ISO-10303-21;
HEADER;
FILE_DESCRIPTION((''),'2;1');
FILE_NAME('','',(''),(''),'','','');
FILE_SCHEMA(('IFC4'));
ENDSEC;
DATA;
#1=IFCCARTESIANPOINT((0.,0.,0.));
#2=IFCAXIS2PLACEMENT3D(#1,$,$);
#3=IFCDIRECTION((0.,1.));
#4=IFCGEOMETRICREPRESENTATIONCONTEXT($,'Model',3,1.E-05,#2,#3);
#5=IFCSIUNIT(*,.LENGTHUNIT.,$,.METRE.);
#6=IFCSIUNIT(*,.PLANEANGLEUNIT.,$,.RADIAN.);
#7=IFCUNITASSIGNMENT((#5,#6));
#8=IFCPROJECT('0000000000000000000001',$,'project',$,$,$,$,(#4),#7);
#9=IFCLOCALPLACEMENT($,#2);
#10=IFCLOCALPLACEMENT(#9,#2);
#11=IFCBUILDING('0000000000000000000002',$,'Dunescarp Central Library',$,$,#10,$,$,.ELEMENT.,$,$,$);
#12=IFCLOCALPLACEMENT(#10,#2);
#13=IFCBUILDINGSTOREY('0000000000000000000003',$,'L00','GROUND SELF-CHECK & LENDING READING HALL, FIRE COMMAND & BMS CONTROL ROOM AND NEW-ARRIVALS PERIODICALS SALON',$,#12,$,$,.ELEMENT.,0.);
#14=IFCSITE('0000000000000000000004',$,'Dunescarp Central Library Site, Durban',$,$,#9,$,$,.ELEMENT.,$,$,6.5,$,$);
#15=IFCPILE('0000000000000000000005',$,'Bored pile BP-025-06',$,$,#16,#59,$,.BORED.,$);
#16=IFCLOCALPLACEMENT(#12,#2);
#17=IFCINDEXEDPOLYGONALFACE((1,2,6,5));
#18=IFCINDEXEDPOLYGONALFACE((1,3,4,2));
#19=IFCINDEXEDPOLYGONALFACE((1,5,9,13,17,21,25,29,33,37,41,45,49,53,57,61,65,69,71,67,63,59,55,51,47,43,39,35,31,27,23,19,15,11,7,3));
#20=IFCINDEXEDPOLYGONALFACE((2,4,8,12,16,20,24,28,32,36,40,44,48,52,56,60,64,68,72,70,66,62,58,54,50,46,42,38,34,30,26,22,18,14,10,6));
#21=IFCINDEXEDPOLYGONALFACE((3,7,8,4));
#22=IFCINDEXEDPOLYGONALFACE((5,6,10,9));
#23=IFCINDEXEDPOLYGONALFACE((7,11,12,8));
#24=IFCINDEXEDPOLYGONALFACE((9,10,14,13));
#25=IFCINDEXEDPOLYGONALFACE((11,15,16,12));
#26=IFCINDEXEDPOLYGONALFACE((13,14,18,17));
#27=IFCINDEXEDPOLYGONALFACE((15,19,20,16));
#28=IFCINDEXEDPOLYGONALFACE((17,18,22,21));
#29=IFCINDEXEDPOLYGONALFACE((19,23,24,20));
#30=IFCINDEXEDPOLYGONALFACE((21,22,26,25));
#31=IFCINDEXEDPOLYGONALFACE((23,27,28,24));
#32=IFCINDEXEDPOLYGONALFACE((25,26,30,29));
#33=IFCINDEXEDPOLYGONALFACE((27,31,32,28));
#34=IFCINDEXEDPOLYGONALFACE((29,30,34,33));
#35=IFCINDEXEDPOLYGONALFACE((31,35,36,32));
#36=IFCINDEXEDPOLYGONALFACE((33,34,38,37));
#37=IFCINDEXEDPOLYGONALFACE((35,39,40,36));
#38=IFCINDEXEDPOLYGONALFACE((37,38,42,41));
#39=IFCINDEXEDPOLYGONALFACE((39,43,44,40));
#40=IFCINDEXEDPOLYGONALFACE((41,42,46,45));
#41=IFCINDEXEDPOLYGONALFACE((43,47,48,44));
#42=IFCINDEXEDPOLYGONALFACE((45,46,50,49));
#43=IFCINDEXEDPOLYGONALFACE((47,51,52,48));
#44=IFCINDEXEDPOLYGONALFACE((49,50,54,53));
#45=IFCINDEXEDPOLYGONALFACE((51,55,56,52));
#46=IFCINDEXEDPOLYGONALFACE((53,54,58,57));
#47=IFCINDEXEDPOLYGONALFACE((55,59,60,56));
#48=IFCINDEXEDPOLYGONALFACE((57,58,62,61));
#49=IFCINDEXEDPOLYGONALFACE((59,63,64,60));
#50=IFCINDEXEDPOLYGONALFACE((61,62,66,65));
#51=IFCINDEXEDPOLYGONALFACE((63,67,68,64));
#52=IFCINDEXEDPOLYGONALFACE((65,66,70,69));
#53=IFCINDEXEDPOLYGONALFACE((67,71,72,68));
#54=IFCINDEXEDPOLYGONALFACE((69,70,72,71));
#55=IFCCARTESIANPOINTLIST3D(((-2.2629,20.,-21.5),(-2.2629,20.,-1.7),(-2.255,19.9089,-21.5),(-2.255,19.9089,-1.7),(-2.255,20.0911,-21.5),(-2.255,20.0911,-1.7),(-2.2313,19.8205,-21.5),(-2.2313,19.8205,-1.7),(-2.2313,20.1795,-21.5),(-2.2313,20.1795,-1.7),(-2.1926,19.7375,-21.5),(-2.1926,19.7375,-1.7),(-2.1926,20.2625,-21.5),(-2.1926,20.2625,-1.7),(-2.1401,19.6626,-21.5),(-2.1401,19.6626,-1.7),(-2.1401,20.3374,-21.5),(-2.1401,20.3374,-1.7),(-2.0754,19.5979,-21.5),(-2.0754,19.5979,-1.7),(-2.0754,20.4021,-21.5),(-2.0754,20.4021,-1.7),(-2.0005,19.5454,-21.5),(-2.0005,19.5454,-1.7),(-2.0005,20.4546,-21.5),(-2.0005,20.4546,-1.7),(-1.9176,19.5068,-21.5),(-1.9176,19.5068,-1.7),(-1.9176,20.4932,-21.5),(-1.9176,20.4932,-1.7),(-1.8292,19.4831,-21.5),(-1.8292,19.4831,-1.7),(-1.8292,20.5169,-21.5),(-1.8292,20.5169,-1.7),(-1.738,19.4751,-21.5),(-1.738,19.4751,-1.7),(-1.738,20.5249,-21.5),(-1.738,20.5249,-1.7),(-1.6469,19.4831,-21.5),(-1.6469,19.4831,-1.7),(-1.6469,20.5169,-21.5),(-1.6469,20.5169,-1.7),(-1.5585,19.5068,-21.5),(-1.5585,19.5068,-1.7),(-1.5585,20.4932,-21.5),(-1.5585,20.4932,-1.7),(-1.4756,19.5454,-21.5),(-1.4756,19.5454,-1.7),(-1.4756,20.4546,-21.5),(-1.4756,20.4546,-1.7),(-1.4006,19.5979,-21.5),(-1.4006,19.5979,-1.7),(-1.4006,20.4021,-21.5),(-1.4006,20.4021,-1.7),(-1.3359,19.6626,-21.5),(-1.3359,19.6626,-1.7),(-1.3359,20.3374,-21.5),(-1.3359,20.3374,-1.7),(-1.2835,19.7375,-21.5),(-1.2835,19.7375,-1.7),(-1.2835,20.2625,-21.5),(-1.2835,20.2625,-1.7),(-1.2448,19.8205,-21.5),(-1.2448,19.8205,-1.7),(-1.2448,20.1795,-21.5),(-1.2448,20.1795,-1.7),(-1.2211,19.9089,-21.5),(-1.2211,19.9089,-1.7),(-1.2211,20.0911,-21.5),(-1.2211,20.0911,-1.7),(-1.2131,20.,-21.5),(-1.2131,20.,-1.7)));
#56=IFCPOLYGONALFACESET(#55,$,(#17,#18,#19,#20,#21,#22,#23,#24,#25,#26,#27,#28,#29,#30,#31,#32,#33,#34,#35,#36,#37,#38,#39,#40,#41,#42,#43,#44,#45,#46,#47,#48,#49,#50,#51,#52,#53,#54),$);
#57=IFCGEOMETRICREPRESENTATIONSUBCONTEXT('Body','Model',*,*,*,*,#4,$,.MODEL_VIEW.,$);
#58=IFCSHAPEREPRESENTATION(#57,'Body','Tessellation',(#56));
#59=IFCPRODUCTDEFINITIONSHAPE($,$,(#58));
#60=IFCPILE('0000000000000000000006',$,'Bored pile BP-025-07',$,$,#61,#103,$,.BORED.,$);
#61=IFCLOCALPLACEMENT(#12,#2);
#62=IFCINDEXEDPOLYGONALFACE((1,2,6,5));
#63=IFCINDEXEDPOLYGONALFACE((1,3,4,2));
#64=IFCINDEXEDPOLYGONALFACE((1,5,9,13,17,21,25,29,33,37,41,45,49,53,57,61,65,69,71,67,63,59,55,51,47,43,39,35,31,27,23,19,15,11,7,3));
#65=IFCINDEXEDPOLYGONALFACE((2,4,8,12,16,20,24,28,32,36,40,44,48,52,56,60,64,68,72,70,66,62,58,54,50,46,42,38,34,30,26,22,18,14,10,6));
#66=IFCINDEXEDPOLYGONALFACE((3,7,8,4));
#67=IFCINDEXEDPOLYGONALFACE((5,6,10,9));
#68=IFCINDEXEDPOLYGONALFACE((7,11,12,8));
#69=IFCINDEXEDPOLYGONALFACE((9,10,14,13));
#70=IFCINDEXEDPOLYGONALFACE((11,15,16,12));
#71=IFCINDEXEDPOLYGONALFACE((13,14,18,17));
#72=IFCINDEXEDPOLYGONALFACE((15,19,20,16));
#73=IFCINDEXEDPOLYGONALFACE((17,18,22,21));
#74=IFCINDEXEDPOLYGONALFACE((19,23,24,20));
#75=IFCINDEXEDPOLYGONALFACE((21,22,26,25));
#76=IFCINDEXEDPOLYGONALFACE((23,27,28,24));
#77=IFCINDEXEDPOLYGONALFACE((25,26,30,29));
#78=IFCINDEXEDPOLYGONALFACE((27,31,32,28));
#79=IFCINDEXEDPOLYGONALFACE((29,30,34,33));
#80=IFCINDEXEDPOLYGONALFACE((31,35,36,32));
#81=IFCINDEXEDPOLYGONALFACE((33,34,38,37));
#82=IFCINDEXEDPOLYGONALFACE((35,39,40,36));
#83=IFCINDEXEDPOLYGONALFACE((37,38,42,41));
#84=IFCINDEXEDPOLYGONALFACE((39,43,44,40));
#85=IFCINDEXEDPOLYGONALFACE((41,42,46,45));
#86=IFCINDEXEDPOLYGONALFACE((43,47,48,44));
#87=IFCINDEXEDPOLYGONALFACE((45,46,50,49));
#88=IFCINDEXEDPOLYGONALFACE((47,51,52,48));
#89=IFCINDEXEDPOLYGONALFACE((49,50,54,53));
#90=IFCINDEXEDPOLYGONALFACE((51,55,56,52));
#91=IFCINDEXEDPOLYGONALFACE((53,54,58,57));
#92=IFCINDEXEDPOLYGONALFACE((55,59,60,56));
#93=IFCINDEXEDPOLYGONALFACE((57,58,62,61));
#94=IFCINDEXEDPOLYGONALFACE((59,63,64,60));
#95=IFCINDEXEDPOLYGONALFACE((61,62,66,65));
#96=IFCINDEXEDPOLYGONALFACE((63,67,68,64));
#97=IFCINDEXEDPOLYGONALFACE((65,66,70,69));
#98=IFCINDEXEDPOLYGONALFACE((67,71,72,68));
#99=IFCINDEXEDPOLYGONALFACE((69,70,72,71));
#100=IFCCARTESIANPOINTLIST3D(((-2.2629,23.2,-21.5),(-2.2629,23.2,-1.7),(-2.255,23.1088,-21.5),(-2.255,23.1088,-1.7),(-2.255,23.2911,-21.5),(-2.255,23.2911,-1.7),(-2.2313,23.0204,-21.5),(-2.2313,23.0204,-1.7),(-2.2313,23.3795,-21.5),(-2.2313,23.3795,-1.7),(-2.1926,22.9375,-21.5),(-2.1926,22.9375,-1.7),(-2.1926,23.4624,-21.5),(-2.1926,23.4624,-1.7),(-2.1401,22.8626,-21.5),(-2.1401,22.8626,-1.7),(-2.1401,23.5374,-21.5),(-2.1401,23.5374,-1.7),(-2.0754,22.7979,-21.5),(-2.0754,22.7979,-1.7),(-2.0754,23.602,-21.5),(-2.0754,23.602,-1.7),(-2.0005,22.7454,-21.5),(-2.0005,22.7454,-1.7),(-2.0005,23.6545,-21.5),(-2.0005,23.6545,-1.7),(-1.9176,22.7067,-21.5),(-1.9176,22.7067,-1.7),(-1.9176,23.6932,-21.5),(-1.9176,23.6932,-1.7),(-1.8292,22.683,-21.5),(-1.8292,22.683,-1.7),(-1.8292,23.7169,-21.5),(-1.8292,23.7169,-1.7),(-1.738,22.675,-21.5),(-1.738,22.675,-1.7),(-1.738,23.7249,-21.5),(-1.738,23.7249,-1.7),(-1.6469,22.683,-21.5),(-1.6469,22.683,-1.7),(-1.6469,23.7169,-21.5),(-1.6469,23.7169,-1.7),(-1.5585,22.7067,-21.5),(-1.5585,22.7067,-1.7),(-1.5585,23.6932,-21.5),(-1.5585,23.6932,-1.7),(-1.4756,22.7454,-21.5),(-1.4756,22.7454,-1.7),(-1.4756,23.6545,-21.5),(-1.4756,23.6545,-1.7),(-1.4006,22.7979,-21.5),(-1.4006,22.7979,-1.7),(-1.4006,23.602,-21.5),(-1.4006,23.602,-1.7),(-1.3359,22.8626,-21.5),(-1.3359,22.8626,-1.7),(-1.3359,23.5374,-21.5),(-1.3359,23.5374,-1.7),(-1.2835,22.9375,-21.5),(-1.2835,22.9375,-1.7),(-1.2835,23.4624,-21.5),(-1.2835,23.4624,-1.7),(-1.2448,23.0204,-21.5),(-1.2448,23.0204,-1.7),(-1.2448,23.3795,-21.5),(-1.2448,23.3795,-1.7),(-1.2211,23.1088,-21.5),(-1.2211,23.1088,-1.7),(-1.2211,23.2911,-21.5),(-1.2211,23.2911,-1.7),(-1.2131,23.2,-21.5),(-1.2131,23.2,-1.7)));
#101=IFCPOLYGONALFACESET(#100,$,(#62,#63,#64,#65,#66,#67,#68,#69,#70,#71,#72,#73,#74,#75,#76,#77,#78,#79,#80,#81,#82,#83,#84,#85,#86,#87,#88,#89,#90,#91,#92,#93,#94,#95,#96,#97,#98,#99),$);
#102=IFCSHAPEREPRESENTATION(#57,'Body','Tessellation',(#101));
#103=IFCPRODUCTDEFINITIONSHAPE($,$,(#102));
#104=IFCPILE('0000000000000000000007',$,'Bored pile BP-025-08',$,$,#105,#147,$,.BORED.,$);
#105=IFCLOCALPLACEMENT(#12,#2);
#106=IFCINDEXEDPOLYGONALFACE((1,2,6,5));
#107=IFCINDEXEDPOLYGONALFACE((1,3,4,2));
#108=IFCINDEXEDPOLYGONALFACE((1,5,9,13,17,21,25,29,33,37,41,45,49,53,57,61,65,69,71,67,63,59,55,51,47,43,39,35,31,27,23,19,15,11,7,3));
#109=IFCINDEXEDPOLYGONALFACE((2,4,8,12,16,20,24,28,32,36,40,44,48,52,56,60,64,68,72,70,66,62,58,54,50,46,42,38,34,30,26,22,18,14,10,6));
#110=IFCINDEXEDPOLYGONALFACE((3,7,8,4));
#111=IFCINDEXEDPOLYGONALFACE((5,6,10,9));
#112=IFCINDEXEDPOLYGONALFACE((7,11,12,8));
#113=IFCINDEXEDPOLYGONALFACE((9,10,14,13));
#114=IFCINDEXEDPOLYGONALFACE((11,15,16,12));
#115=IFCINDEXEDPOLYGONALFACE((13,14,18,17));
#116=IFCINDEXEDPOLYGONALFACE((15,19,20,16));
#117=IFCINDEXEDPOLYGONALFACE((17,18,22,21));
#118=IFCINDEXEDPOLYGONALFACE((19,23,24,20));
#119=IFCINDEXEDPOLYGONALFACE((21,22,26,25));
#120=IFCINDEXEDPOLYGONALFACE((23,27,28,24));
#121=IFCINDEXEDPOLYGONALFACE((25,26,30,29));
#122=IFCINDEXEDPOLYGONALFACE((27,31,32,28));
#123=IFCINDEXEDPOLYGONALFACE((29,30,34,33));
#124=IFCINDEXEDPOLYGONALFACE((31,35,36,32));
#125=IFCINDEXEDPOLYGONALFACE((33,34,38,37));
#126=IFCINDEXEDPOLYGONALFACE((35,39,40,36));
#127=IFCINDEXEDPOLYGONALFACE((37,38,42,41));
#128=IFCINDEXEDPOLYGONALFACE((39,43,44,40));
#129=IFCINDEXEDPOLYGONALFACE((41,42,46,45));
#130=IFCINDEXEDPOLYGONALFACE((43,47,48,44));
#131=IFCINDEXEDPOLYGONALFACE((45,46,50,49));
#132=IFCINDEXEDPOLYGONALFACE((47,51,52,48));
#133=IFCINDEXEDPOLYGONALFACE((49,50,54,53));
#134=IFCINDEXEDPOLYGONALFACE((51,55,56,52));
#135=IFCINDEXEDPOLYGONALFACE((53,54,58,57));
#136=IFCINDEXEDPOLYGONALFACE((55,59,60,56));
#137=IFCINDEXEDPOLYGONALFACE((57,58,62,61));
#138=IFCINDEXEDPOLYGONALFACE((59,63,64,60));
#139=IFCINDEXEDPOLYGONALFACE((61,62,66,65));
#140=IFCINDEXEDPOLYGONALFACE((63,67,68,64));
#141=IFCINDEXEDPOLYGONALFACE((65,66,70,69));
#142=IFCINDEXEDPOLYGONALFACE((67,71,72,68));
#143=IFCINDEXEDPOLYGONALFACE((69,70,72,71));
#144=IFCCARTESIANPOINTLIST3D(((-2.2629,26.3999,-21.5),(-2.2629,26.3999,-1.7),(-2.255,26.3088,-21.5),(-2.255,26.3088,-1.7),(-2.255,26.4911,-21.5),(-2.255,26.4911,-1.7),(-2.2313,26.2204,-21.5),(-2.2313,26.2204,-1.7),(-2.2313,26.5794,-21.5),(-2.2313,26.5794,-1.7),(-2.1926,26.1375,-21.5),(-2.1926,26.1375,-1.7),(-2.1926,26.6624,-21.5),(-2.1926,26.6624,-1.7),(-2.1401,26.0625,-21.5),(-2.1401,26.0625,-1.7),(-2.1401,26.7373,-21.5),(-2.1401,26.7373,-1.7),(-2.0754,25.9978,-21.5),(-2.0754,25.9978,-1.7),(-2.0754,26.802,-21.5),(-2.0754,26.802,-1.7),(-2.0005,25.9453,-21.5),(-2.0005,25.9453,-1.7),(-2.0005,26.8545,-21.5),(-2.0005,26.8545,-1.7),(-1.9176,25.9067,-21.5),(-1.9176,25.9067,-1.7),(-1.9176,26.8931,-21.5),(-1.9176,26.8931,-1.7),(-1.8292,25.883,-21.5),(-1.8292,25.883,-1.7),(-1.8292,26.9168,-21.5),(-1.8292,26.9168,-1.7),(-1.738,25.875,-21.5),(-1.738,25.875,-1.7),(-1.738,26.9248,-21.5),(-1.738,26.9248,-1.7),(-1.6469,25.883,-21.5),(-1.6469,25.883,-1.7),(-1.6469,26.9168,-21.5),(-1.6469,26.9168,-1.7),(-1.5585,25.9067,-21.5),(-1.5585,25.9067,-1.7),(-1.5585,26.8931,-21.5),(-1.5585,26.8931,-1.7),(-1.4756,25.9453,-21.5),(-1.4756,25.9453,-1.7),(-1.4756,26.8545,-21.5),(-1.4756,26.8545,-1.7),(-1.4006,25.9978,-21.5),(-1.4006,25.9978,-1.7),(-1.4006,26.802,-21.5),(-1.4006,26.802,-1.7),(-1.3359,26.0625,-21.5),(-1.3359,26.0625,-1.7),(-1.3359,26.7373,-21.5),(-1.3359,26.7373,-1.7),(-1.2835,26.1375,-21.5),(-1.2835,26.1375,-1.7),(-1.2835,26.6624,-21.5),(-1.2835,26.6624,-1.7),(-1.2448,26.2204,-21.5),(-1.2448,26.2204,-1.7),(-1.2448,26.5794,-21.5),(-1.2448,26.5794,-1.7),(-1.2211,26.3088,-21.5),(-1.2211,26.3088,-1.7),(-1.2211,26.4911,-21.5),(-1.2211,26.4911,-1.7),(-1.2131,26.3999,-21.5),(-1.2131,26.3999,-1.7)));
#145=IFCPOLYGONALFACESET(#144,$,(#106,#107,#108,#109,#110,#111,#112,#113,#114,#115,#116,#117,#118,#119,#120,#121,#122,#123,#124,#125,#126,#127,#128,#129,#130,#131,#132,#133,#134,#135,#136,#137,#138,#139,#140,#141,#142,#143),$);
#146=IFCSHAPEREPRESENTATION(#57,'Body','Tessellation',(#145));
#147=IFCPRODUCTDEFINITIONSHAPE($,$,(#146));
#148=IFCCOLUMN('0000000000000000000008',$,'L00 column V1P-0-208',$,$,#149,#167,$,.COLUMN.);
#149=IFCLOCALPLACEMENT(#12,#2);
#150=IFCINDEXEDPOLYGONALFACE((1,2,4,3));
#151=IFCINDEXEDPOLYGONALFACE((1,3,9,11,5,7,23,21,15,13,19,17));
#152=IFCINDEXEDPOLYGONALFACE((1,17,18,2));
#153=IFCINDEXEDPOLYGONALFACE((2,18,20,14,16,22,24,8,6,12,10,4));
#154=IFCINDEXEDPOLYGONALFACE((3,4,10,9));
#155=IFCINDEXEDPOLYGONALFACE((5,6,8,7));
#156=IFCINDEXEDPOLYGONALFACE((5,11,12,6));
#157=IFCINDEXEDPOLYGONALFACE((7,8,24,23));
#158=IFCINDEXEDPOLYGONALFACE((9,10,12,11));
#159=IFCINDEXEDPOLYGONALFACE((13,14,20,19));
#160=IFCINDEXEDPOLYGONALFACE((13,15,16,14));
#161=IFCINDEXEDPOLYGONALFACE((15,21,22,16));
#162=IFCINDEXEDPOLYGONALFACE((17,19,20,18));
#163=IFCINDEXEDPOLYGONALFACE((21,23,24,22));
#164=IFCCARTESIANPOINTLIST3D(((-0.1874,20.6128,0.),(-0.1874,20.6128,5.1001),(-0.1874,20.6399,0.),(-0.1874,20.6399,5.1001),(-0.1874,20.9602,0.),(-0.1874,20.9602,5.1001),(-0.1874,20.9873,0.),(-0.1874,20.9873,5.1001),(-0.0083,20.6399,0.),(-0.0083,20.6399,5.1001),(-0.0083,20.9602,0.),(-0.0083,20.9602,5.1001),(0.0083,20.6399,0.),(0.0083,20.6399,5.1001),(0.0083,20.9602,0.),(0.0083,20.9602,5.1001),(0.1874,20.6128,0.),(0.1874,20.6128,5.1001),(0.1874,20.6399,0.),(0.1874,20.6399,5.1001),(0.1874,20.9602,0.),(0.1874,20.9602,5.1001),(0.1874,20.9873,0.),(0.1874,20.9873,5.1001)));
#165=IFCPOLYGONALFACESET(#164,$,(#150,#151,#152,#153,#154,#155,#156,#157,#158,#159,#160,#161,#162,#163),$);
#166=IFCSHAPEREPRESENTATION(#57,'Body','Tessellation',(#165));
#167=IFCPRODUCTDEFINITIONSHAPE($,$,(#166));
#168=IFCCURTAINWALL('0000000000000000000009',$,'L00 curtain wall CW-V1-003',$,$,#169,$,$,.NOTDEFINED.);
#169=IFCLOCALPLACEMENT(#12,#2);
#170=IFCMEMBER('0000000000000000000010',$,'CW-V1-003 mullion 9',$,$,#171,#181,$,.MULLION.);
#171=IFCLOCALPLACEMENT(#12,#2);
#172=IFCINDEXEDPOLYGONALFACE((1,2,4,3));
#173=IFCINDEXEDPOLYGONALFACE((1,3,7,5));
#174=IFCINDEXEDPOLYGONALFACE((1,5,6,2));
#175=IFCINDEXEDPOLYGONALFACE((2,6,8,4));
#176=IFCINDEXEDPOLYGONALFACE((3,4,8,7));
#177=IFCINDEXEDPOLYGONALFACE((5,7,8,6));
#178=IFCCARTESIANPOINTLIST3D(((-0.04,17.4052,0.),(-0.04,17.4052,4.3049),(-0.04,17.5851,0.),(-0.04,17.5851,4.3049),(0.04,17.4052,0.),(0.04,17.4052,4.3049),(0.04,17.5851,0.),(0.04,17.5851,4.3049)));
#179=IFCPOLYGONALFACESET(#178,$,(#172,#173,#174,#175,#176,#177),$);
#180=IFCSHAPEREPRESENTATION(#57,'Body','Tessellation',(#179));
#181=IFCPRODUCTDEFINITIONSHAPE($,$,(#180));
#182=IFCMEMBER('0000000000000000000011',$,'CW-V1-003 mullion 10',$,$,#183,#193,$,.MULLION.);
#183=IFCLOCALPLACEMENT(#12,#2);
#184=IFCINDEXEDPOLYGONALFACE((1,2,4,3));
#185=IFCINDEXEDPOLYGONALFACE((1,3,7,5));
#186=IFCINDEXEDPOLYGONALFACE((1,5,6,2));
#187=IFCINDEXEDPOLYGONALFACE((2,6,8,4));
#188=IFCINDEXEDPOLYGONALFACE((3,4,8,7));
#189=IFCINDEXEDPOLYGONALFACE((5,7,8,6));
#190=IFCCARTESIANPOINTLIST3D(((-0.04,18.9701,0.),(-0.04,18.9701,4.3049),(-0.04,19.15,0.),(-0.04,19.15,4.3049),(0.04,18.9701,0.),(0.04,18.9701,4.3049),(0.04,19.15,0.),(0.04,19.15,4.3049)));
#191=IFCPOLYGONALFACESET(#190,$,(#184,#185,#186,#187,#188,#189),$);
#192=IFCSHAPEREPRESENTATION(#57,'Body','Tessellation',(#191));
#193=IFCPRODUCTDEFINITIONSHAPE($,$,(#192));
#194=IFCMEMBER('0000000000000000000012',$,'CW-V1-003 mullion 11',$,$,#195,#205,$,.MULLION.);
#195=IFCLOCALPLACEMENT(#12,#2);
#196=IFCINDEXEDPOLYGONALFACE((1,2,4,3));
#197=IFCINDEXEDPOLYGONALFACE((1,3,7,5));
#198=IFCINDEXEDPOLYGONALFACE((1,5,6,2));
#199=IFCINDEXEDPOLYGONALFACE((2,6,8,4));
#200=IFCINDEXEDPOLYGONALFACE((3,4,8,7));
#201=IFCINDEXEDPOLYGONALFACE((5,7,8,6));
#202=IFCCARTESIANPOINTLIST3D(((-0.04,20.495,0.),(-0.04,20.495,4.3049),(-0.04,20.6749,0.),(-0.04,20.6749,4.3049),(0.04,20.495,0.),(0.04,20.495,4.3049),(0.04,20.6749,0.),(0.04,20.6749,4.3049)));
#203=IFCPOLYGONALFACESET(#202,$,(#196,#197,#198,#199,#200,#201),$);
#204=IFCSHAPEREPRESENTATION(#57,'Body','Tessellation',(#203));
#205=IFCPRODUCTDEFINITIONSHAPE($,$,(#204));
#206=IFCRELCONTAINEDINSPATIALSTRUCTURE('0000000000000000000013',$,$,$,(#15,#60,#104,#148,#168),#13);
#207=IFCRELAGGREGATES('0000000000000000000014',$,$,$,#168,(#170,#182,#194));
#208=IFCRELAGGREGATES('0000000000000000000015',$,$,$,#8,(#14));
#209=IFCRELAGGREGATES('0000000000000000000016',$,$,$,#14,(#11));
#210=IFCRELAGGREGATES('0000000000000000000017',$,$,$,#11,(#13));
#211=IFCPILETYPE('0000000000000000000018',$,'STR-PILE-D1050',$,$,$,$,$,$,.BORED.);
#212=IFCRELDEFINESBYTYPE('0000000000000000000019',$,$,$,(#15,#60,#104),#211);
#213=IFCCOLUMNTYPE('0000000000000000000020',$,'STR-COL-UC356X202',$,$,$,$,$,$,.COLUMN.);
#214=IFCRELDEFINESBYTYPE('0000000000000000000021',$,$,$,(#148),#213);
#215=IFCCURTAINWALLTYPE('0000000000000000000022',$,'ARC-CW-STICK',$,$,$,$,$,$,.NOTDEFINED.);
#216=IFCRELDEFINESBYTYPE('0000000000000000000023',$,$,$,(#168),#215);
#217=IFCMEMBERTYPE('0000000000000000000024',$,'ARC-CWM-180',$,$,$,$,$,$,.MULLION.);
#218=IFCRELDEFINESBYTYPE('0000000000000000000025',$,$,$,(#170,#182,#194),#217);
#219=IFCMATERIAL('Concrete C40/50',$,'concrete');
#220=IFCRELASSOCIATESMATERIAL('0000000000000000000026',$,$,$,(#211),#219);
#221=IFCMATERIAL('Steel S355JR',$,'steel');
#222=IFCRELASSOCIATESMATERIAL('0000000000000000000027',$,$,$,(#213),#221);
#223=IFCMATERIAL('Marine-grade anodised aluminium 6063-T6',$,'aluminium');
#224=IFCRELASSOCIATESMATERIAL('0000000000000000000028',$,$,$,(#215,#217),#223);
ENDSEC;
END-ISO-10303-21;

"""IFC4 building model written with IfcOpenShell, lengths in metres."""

from ifc_helpers import new_model, si_unit, direction, frame, origin, origin_2d, place, context, subcontext, project, spatial, rectangle, circle, i_section, extrude, material, material_profile, profile_set, type_object, element, aggregate, save


model = new_model("IFC4")

# Units and contexts
model_context = context("Model", 3, precision=1e-05, world=origin(), true_north=direction((0.0, 1.0)))
body_context = subcontext(model_context, "Body", "Model", "MODEL_VIEW")
ifc_project = project(units=[si_unit("LENGTHUNIT", "METRE"), si_unit("PLANEANGLEUNIT", "RADIAN")], contexts=[model_context])

# Site, building, storey
site_placement = place(None, origin())
site = spatial("IfcSite", under=ifc_project, at=site_placement, Name="Dunescarp Central Library Site, Durban", CompositionType="ELEMENT", RefElevation=6.5)
building_placement = place(site_placement, origin())
building = spatial("IfcBuilding", under=site, at=building_placement, Name="Dunescarp Central Library", CompositionType="ELEMENT")
storey_placement = place(building_placement, origin())
storey = spatial("IfcBuildingStorey", under=building, at=storey_placement, Name="L00", Description="GROUND SELF-CHECK & LENDING READING HALL, FIRE COMMAND & BMS CONTROL ROOM AND NEW-ARRIVALS PERIODICALS SALON", CompositionType="ELEMENT", Elevation=0.0)

# Piles
ifc_material_1 = material(Name="Concrete C40/50", Category="concrete")
ifc_material_profile_1 = material_profile(ifc_material_1, circle(Radius=0.5249, at=origin_2d()), Name="PILE D1050")
ifc_profile_set_1 = profile_set([ifc_material_profile_1], Name="Concrete C40/50")
pile_type = type_object("IfcPileType", Name="STR-PILE-D1050", PredefinedType="BORED", material=ifc_profile_set_1)
for number, where, z_axis, x_axis, name in (
    (1, (-1.738, 20.0, -1.7), (0.0, 0.0, -1.0), (1.0, 0.0, 0.0), "Bored pile BP-025-06"),
    (2, (-1.738, 23.2, -1.7), (0.0, 0.0, -1.0), (1.0, 0.0, 0.0), "Bored pile BP-025-07"),
    (3, (-1.738, 26.3999, -1.7), (0.0, 0.0, -1.0), (1.0, 0.0, 0.0), "Bored pile BP-025-08"),
):
    element("IfcPile", number, at=place(storey_placement, frame(where, z_axis=z_axis, x_axis=x_axis)), inside=storey, type_object=pile_type, Name=name, PredefinedType="BORED", context=body_context, shape_type="SweptSolid", body=[
        extrude(circle(Radius=0.5249, at=origin_2d()), origin(), (0.0, 0.0, 1.0), 19.8),
    ])

# Column
ifc_material_2 = material(Name="Steel S355JR", Category="steel")
ifc_material_profile_2 = material_profile(ifc_material_2, i_section(OverallWidth=0.3748, OverallDepth=0.3745, WebThickness=0.0166, FlangeThickness=0.0271, at=origin_2d()), Name="UC 356x368x202")
ifc_profile_set_2 = profile_set([ifc_material_profile_2], Name="Steel S355JR")
column_type = type_object("IfcColumnType", Name="STR-COL-UC356X202", PredefinedType="COLUMN", material=ifc_profile_set_2)
column_placement = place(storey_placement, frame((0.0, 20.8, 0.0), z_axis=(0.0, 0.0, 1.0), x_axis=(1.0, 0.0, 0.0)))
element("IfcColumn", 4, at=column_placement, inside=storey, type_object=column_type, Name="L00 column V1P-0-208", PredefinedType="COLUMN", context=body_context, shape_type="SweptSolid", body=[
    extrude(i_section(OverallWidth=0.3748, OverallDepth=0.3745, WebThickness=0.0166, FlangeThickness=0.0271, at=origin_2d()), origin(), (0.0, 0.0, 1.0), 5.1001),
])

# Curtain wall, members
ifc_material_3 = material(Name="Marine-grade anodised aluminium 6063-T6", Category="aluminium")
curtain_wall_type = type_object("IfcCurtainWallType", Name="ARC-CW-STICK", PredefinedType="NOTDEFINED", material=ifc_material_3)
curtain_wall_placement = place(storey_placement, origin())
curtain_wall = element("IfcCurtainWall", 5, at=curtain_wall_placement, inside=storey, type_object=curtain_wall_type, Name="L00 curtain wall CW-V1-003", PredefinedType="NOTDEFINED")
ifc_material_profile_3 = material_profile(ifc_material_3, rectangle(XDim=0.0801, YDim=0.1799, at=origin_2d()), Name="AL 80x180")
ifc_profile_set_3 = profile_set([ifc_material_profile_3], Name="Marine-grade anodised aluminium 6063-T6")
member_type_1 = type_object("IfcMemberType", Name="ARC-CWM-180", PredefinedType="MULLION", material=ifc_profile_set_3)
member_1_placement = place(storey_placement, frame((0.0, 17.4951, 0.0), z_axis=(0.0, 0.0, 1.0), x_axis=(-1.0, 0.0, 0.0)))
member_1 = element("IfcMember", 6, at=member_1_placement, type_object=member_type_1, Name="CW-V1-003 mullion 9", PredefinedType="MULLION", context=body_context, shape_type="SweptSolid", body=[
    extrude(rectangle(XDim=0.0801, YDim=0.1799, at=origin_2d()), origin(), (0.0, 0.0, 1.0), 4.3049),
])
member_2_placement = place(storey_placement, frame((0.0, 19.0601, 0.0), z_axis=(0.0, 0.0, 1.0), x_axis=(-1.0, 0.0, 0.0)))
member_2 = element("IfcMember", 7, at=member_2_placement, type_object=member_type_1, Name="CW-V1-003 mullion 10", PredefinedType="MULLION", context=body_context, shape_type="SweptSolid", body=[
    extrude(rectangle(XDim=0.0801, YDim=0.1799, at=origin_2d()), origin(), (0.0, 0.0, 1.0), 4.3049),
])
member_3_placement = place(storey_placement, frame((0.0, 20.585, 0.0), z_axis=(0.0, 0.0, 1.0), x_axis=(-1.0, 0.0, 0.0)))
member_3 = element("IfcMember", 8, at=member_3_placement, type_object=member_type_1, Name="CW-V1-003 mullion 11", PredefinedType="MULLION", context=body_context, shape_type="SweptSolid", body=[
    extrude(rectangle(XDim=0.0801, YDim=0.1799, at=origin_2d()), origin(), (0.0, 0.0, 1.0), 4.3049),
])
aggregate(curtain_wall, [member_1, member_2, member_3])

save(model, "model.ifc")
